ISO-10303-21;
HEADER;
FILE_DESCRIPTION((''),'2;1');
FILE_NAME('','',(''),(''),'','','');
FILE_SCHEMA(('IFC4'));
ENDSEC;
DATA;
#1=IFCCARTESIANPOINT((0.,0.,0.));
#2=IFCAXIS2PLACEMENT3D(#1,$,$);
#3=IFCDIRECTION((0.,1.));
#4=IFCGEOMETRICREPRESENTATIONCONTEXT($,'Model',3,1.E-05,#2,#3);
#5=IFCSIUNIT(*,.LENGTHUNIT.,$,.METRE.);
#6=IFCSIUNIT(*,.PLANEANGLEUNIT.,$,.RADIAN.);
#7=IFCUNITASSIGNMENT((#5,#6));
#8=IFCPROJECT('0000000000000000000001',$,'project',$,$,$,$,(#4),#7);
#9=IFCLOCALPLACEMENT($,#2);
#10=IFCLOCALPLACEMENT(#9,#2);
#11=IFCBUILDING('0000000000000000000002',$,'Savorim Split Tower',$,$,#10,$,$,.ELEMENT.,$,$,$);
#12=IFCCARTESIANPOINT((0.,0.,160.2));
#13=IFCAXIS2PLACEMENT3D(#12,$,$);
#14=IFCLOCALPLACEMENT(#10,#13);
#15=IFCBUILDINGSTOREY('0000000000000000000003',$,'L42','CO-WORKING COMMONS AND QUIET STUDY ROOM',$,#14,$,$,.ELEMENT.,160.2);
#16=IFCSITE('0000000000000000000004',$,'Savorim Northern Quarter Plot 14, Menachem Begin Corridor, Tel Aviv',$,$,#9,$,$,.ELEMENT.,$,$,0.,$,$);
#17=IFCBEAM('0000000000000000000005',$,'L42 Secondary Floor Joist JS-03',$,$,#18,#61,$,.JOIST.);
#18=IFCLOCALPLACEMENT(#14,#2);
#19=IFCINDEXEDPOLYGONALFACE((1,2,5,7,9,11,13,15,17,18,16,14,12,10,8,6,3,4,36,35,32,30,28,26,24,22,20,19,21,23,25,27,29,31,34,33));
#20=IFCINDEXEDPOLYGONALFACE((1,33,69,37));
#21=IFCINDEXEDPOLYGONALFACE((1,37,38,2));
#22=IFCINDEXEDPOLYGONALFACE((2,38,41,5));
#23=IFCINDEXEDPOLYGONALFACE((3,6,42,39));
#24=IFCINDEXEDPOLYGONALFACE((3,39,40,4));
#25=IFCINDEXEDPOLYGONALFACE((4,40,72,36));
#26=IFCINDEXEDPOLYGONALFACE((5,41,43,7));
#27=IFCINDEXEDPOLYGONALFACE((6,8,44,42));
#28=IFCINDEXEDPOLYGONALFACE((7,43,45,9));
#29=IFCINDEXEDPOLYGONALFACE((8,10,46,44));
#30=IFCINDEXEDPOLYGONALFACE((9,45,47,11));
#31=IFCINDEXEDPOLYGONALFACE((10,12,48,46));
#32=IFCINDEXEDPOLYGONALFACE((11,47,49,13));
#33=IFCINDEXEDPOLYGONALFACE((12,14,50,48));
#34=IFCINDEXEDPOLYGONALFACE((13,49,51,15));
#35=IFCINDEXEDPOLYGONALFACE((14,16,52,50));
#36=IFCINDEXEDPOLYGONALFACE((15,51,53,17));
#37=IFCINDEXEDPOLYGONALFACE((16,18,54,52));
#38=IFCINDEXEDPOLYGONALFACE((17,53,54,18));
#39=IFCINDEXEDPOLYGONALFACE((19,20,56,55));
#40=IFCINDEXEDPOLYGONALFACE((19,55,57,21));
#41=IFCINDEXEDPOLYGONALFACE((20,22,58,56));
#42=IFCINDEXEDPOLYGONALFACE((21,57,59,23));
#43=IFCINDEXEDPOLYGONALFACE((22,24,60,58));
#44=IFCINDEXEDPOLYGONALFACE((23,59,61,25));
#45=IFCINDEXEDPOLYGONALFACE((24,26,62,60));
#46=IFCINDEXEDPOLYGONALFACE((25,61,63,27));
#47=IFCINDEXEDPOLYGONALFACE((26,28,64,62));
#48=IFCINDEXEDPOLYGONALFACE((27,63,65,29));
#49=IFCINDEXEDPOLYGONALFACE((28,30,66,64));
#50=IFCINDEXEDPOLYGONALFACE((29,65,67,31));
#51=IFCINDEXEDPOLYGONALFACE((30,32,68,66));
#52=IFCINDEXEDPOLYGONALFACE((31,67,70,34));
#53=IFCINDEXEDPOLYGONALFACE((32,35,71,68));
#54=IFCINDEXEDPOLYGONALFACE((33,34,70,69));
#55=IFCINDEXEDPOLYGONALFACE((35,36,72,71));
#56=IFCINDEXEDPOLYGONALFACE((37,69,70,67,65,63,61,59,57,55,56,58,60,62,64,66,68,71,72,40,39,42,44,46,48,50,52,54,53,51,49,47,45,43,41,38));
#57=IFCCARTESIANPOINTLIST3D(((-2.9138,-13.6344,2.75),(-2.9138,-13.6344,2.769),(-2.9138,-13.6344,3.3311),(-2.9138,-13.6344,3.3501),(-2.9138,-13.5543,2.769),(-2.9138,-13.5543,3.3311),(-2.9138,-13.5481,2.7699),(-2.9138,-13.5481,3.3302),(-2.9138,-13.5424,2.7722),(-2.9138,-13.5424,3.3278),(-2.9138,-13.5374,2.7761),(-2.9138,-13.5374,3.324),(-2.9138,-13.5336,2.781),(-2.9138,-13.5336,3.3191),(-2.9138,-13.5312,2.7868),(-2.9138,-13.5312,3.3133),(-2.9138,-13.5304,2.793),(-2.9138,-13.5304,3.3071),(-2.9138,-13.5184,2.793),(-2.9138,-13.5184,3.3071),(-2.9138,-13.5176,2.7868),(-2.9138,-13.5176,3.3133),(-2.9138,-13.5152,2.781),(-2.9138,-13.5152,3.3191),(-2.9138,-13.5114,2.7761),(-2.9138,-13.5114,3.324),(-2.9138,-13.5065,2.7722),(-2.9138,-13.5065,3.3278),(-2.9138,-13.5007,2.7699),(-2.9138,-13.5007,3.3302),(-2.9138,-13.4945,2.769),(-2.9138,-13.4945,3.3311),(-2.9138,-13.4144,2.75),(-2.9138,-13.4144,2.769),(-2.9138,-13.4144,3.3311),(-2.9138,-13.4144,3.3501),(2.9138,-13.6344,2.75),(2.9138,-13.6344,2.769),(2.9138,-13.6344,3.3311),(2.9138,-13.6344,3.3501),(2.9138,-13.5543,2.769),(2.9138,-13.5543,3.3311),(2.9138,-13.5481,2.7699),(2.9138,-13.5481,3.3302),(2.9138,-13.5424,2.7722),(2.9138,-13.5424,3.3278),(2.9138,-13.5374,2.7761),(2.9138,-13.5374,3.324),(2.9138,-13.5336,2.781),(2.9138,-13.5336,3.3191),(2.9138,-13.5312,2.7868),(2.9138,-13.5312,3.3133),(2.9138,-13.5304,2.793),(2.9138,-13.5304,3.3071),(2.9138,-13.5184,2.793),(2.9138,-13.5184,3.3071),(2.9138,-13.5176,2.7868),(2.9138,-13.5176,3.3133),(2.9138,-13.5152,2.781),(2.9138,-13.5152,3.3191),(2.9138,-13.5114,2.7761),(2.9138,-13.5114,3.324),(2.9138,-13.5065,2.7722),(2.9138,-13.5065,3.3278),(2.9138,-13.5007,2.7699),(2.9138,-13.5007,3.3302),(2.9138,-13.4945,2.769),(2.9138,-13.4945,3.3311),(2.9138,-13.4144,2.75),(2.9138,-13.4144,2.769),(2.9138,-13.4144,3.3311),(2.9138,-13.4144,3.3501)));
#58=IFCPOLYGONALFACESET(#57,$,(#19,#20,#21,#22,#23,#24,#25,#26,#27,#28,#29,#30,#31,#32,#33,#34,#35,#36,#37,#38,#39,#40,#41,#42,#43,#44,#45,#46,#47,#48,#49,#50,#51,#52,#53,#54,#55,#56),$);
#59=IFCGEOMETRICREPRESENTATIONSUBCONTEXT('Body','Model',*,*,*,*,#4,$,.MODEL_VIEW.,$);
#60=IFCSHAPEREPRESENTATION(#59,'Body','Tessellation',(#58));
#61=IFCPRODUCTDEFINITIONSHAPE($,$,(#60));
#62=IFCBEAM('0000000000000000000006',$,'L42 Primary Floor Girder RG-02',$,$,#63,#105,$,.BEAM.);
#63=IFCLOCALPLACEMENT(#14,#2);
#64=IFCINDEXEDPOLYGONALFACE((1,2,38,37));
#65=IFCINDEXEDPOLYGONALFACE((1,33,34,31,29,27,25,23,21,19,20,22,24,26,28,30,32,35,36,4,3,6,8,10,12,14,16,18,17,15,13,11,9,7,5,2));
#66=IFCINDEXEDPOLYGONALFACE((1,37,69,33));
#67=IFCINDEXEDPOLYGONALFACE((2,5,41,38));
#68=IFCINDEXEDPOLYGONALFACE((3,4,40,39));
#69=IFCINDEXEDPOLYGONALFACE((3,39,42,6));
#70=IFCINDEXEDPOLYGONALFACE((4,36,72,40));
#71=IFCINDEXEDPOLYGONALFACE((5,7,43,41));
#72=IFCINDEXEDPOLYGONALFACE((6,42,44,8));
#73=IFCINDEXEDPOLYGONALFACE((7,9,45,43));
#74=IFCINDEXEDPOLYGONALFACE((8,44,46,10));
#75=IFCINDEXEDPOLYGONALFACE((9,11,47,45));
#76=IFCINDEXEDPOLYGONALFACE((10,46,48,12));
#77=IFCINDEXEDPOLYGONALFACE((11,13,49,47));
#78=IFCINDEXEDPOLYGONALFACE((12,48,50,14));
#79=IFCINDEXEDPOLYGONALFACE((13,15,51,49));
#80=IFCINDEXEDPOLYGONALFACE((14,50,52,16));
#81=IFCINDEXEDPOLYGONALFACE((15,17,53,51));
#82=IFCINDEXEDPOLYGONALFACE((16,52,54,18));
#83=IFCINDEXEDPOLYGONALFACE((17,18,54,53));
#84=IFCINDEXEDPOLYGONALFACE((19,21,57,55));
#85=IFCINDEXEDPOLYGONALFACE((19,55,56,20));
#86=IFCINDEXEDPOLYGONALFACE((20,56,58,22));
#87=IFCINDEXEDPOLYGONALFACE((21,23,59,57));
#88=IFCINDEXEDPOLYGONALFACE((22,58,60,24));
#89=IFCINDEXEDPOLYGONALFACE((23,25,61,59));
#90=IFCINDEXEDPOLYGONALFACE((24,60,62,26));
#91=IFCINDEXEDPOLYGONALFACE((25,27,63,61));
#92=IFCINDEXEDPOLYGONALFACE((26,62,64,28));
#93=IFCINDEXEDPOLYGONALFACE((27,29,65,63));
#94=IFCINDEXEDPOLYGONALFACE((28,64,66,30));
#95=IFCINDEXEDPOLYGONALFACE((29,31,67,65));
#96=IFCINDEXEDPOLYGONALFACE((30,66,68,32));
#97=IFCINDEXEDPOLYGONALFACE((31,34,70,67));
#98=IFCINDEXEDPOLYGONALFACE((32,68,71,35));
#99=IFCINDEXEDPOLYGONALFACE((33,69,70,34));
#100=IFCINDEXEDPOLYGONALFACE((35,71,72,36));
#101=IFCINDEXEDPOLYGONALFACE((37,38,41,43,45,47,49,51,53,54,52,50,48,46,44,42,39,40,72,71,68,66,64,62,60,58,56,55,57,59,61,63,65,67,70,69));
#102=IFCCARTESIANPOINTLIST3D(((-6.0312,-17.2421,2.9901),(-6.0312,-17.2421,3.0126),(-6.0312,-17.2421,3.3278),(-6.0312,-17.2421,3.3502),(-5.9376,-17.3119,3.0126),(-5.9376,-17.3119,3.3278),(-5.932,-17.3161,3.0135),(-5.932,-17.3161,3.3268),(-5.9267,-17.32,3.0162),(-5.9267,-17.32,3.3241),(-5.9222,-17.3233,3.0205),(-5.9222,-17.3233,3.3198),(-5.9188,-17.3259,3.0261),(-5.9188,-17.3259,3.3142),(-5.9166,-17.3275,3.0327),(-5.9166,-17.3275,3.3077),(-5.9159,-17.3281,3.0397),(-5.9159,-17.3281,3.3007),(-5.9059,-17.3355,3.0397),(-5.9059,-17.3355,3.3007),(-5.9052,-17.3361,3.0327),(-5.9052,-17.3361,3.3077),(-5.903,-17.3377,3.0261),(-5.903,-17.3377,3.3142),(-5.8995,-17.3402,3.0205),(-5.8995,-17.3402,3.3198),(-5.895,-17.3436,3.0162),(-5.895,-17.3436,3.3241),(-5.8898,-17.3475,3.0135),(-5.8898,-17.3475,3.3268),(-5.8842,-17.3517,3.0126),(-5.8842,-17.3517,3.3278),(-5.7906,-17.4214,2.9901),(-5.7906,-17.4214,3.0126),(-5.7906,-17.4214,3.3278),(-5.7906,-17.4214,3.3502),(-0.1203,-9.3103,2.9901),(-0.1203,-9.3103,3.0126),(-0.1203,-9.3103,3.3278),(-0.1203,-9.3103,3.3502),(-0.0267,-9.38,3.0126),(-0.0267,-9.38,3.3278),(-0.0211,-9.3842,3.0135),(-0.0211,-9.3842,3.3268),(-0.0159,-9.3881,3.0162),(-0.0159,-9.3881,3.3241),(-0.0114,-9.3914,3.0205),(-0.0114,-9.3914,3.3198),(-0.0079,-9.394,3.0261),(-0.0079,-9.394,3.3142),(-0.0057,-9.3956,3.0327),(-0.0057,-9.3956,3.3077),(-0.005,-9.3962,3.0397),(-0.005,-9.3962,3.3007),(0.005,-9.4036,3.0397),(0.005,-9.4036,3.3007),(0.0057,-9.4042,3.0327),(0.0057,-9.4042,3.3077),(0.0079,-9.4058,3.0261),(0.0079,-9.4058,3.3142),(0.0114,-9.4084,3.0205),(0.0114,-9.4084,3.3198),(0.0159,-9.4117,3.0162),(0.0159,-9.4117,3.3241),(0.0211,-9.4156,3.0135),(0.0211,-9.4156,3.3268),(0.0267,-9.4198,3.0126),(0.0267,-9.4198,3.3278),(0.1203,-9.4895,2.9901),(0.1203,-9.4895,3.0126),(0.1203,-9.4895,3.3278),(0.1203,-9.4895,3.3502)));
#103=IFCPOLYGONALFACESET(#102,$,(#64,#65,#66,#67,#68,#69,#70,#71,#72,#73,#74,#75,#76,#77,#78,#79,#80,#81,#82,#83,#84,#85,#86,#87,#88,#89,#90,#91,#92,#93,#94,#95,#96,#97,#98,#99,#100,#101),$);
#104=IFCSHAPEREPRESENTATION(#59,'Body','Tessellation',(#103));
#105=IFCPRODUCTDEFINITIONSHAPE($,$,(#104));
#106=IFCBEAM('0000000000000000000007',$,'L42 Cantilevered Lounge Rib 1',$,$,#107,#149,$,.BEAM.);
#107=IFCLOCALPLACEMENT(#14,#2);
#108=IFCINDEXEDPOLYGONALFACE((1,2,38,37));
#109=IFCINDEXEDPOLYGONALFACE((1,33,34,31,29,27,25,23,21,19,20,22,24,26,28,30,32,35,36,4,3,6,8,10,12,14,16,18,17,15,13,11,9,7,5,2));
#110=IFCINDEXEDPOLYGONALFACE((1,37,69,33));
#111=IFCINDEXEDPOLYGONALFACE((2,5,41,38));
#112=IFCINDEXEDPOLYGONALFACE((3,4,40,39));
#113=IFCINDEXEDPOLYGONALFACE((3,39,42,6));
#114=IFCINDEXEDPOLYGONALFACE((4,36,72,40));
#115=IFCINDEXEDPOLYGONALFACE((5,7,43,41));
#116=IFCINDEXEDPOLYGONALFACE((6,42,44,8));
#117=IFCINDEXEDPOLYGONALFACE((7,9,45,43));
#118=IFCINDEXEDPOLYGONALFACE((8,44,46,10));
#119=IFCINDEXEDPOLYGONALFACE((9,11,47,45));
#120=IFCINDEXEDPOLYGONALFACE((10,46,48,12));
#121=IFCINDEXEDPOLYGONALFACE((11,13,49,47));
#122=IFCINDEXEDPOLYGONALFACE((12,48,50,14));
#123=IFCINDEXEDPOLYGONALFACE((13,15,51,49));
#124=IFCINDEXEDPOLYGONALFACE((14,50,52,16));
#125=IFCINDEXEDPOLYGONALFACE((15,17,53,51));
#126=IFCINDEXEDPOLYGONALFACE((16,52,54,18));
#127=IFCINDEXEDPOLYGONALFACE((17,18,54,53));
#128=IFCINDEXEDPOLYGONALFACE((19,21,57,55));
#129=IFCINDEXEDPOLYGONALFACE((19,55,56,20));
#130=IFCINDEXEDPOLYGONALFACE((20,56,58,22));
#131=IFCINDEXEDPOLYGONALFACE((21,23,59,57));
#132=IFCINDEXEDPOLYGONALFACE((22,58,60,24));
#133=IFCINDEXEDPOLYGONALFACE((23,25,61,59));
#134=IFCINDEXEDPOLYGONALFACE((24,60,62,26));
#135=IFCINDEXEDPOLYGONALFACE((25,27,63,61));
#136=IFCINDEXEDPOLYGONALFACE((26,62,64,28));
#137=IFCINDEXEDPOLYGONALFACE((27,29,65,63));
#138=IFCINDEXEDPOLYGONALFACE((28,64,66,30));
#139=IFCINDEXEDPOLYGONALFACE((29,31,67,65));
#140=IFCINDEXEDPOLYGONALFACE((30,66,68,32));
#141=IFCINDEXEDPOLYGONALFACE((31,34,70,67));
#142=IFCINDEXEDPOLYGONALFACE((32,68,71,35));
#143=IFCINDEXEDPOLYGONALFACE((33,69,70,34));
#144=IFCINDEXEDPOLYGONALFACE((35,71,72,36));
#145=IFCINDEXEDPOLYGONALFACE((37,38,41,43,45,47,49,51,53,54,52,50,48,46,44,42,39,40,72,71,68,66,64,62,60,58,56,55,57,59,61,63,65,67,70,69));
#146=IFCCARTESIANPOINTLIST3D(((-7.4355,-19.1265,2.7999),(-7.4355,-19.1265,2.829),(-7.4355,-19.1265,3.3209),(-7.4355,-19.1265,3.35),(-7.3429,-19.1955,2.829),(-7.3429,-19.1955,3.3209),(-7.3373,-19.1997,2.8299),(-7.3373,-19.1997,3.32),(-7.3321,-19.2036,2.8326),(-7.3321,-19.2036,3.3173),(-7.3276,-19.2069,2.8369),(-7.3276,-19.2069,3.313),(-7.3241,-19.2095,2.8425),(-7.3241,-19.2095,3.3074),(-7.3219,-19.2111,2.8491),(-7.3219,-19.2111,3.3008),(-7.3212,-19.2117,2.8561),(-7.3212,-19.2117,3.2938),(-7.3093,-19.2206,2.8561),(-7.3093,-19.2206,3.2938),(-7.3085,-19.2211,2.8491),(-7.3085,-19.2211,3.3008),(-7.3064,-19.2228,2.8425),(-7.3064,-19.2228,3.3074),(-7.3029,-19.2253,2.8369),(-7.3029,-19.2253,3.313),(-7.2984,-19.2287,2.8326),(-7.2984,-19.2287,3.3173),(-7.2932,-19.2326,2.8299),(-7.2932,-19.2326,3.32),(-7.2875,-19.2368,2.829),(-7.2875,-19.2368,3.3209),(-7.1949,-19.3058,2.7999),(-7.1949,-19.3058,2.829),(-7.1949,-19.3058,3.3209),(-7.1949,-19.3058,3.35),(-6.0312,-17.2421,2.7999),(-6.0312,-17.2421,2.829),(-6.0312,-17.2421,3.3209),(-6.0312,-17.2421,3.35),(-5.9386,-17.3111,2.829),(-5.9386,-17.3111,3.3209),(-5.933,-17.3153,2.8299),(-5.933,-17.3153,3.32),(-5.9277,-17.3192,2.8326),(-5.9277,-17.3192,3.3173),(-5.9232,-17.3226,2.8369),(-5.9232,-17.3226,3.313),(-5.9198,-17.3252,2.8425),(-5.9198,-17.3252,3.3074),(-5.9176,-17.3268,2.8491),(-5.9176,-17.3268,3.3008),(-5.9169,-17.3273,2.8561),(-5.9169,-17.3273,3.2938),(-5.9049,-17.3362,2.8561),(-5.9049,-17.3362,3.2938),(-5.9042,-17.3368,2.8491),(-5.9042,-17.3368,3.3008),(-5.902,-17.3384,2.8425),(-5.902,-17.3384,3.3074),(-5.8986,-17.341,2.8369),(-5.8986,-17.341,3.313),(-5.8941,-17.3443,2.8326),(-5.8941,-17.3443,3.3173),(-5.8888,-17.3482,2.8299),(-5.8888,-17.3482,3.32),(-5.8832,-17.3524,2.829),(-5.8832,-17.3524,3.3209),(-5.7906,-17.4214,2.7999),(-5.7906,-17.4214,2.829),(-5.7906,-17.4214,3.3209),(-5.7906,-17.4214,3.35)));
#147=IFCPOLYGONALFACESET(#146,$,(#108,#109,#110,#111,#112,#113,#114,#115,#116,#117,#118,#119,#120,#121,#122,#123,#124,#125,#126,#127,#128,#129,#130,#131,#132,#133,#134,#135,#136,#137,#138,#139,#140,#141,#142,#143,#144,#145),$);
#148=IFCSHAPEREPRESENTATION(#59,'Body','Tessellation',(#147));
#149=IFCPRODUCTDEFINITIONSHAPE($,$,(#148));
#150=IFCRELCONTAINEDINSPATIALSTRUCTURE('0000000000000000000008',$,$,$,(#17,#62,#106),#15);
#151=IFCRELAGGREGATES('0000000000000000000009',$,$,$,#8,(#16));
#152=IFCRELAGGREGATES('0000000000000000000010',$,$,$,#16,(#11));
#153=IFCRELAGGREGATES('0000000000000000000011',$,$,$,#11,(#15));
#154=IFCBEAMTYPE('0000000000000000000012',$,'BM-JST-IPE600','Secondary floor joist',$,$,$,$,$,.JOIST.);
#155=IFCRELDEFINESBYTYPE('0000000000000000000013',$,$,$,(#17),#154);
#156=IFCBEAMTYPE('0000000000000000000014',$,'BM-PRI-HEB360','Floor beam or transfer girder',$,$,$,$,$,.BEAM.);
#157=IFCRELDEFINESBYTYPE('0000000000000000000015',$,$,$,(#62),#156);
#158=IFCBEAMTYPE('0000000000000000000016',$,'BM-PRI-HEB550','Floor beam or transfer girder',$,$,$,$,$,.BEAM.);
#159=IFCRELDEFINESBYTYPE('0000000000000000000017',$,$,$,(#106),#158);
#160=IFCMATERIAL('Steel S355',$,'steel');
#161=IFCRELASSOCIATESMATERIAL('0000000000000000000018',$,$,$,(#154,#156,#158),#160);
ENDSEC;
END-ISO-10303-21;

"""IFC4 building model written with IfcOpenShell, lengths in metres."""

from ifc_helpers import new_model, si_unit, direction, frame, origin, origin_2d, place, context, subcontext, project, spatial, i_section, extrude, material, material_profile, profile_set, type_object, element, save


model = new_model("IFC4")

# Units and contexts
model_context = context("Model", 3, precision=1e-05, world=origin(), true_north=direction((0.0, 1.0)))
body_context = subcontext(model_context, "Body", "Model", "MODEL_VIEW")
ifc_project = project(units=[si_unit("LENGTHUNIT", "METRE"), si_unit("PLANEANGLEUNIT", "RADIAN")], contexts=[model_context])

# Site, building, storey
site_placement = place(None, origin())
site = spatial("IfcSite", under=ifc_project, at=site_placement, Name="Savorim Northern Quarter Plot 14, Menachem Begin Corridor, Tel Aviv", CompositionType="ELEMENT", RefElevation=0.0)
building_placement = place(site_placement, origin())
building = spatial("IfcBuilding", under=site, at=building_placement, Name="Savorim Split Tower", CompositionType="ELEMENT")
storey_placement = place(building_placement, frame((0.0, 0.0, 160.2)))
storey = spatial("IfcBuildingStorey", under=building, at=storey_placement, Name="L42", Description="CO-WORKING COMMONS AND QUIET STUDY ROOM", CompositionType="ELEMENT", Elevation=160.2)

# Beams
ifc_material_1 = material(Name="Steel S355", Category="steel")
ifc_material_profile_1 = material_profile(ifc_material_1, i_section(OverallWidth=0.22, OverallDepth=0.6001, WebThickness=0.012, FlangeThickness=0.019, FilletRadius=0.0239, at=origin_2d()), Name="IPE 600")
ifc_profile_set_1 = profile_set([ifc_material_profile_1], Name="Steel S355")
beam_type_1 = type_object("IfcBeamType", Name="BM-JST-IPE600", Description="Secondary floor joist", PredefinedType="JOIST", material=ifc_profile_set_1)
beam_1_placement = place(storey_placement, frame((-2.9138, -13.5244, 3.05), z_axis=(1.0, 0.0, 0.0), x_axis=(0.0, 1.0, 0.0)))
element("IfcBeam", 1, at=beam_1_placement, inside=storey, type_object=beam_type_1, Name="L42 Secondary Floor Joist JS-03", PredefinedType="JOIST", context=body_context, shape_type="SweptSolid", body=[
    extrude(i_section(OverallWidth=0.22, OverallDepth=0.6001, WebThickness=0.012, FlangeThickness=0.019, FilletRadius=0.0239, at=origin_2d()), origin(), (0.0, 0.0, 1.0), 5.8276),
])
ifc_material_profile_2 = material_profile(ifc_material_1, i_section(OverallWidth=0.3, OverallDepth=0.3601, WebThickness=0.0125, FlangeThickness=0.0225, FilletRadius=0.0271, at=origin_2d()), Name="HEB 360")
ifc_profile_set_2 = profile_set([ifc_material_profile_2], Name="Steel S355")
beam_type_2 = type_object("IfcBeamType", Name="BM-PRI-HEB360", Description="Floor beam or transfer girder", PredefinedType="BEAM", material=ifc_profile_set_2)
beam_2_placement = place(storey_placement, frame((-5.9109, -17.3318, 3.1702), z_axis=(0.597537, 0.801841, 0.0), x_axis=(-0.801841, 0.597537, 0.0)))
element("IfcBeam", 2, at=beam_2_placement, inside=storey, type_object=beam_type_2, Name="L42 Primary Floor Girder RG-02", PredefinedType="BEAM", context=body_context, shape_type="SweptSolid", body=[
    extrude(i_section(OverallWidth=0.3, OverallDepth=0.3601, WebThickness=0.0125, FlangeThickness=0.0225, FilletRadius=0.0271, at=origin_2d()), origin(), (0.0, 0.0, 1.0), 9.8921),
])
ifc_material_profile_3 = material_profile(ifc_material_1, i_section(OverallWidth=0.3, OverallDepth=0.55, WebThickness=0.0149, FlangeThickness=0.0291, FilletRadius=0.0271, at=origin_2d()), Name="HEB 550")
ifc_profile_set_3 = profile_set([ifc_material_profile_3], Name="Steel S355")
beam_type_3 = type_object("IfcBeamType", Name="BM-PRI-HEB550", Description="Floor beam or transfer girder", PredefinedType="BEAM", material=ifc_profile_set_3)
beam_3_placement = place(storey_placement, frame((-5.9109, -17.3318, 3.075), z_axis=(-0.59757, -0.801816, 0.0), x_axis=(0.801816, -0.59757, 0.0)))
element("IfcBeam", 3, at=beam_3_placement, inside=storey, type_object=beam_type_3, Name="L42 Cantilevered Lounge Rib 1", PredefinedType="BEAM", context=body_context, shape_type="SweptSolid", body=[
    extrude(i_section(OverallWidth=0.3, OverallDepth=0.55, WebThickness=0.0149, FlangeThickness=0.0291, FilletRadius=0.0271, at=origin_2d()), origin(), (0.0, 0.0, 1.0), 2.3501),
])

save(model, "model.ifc")
